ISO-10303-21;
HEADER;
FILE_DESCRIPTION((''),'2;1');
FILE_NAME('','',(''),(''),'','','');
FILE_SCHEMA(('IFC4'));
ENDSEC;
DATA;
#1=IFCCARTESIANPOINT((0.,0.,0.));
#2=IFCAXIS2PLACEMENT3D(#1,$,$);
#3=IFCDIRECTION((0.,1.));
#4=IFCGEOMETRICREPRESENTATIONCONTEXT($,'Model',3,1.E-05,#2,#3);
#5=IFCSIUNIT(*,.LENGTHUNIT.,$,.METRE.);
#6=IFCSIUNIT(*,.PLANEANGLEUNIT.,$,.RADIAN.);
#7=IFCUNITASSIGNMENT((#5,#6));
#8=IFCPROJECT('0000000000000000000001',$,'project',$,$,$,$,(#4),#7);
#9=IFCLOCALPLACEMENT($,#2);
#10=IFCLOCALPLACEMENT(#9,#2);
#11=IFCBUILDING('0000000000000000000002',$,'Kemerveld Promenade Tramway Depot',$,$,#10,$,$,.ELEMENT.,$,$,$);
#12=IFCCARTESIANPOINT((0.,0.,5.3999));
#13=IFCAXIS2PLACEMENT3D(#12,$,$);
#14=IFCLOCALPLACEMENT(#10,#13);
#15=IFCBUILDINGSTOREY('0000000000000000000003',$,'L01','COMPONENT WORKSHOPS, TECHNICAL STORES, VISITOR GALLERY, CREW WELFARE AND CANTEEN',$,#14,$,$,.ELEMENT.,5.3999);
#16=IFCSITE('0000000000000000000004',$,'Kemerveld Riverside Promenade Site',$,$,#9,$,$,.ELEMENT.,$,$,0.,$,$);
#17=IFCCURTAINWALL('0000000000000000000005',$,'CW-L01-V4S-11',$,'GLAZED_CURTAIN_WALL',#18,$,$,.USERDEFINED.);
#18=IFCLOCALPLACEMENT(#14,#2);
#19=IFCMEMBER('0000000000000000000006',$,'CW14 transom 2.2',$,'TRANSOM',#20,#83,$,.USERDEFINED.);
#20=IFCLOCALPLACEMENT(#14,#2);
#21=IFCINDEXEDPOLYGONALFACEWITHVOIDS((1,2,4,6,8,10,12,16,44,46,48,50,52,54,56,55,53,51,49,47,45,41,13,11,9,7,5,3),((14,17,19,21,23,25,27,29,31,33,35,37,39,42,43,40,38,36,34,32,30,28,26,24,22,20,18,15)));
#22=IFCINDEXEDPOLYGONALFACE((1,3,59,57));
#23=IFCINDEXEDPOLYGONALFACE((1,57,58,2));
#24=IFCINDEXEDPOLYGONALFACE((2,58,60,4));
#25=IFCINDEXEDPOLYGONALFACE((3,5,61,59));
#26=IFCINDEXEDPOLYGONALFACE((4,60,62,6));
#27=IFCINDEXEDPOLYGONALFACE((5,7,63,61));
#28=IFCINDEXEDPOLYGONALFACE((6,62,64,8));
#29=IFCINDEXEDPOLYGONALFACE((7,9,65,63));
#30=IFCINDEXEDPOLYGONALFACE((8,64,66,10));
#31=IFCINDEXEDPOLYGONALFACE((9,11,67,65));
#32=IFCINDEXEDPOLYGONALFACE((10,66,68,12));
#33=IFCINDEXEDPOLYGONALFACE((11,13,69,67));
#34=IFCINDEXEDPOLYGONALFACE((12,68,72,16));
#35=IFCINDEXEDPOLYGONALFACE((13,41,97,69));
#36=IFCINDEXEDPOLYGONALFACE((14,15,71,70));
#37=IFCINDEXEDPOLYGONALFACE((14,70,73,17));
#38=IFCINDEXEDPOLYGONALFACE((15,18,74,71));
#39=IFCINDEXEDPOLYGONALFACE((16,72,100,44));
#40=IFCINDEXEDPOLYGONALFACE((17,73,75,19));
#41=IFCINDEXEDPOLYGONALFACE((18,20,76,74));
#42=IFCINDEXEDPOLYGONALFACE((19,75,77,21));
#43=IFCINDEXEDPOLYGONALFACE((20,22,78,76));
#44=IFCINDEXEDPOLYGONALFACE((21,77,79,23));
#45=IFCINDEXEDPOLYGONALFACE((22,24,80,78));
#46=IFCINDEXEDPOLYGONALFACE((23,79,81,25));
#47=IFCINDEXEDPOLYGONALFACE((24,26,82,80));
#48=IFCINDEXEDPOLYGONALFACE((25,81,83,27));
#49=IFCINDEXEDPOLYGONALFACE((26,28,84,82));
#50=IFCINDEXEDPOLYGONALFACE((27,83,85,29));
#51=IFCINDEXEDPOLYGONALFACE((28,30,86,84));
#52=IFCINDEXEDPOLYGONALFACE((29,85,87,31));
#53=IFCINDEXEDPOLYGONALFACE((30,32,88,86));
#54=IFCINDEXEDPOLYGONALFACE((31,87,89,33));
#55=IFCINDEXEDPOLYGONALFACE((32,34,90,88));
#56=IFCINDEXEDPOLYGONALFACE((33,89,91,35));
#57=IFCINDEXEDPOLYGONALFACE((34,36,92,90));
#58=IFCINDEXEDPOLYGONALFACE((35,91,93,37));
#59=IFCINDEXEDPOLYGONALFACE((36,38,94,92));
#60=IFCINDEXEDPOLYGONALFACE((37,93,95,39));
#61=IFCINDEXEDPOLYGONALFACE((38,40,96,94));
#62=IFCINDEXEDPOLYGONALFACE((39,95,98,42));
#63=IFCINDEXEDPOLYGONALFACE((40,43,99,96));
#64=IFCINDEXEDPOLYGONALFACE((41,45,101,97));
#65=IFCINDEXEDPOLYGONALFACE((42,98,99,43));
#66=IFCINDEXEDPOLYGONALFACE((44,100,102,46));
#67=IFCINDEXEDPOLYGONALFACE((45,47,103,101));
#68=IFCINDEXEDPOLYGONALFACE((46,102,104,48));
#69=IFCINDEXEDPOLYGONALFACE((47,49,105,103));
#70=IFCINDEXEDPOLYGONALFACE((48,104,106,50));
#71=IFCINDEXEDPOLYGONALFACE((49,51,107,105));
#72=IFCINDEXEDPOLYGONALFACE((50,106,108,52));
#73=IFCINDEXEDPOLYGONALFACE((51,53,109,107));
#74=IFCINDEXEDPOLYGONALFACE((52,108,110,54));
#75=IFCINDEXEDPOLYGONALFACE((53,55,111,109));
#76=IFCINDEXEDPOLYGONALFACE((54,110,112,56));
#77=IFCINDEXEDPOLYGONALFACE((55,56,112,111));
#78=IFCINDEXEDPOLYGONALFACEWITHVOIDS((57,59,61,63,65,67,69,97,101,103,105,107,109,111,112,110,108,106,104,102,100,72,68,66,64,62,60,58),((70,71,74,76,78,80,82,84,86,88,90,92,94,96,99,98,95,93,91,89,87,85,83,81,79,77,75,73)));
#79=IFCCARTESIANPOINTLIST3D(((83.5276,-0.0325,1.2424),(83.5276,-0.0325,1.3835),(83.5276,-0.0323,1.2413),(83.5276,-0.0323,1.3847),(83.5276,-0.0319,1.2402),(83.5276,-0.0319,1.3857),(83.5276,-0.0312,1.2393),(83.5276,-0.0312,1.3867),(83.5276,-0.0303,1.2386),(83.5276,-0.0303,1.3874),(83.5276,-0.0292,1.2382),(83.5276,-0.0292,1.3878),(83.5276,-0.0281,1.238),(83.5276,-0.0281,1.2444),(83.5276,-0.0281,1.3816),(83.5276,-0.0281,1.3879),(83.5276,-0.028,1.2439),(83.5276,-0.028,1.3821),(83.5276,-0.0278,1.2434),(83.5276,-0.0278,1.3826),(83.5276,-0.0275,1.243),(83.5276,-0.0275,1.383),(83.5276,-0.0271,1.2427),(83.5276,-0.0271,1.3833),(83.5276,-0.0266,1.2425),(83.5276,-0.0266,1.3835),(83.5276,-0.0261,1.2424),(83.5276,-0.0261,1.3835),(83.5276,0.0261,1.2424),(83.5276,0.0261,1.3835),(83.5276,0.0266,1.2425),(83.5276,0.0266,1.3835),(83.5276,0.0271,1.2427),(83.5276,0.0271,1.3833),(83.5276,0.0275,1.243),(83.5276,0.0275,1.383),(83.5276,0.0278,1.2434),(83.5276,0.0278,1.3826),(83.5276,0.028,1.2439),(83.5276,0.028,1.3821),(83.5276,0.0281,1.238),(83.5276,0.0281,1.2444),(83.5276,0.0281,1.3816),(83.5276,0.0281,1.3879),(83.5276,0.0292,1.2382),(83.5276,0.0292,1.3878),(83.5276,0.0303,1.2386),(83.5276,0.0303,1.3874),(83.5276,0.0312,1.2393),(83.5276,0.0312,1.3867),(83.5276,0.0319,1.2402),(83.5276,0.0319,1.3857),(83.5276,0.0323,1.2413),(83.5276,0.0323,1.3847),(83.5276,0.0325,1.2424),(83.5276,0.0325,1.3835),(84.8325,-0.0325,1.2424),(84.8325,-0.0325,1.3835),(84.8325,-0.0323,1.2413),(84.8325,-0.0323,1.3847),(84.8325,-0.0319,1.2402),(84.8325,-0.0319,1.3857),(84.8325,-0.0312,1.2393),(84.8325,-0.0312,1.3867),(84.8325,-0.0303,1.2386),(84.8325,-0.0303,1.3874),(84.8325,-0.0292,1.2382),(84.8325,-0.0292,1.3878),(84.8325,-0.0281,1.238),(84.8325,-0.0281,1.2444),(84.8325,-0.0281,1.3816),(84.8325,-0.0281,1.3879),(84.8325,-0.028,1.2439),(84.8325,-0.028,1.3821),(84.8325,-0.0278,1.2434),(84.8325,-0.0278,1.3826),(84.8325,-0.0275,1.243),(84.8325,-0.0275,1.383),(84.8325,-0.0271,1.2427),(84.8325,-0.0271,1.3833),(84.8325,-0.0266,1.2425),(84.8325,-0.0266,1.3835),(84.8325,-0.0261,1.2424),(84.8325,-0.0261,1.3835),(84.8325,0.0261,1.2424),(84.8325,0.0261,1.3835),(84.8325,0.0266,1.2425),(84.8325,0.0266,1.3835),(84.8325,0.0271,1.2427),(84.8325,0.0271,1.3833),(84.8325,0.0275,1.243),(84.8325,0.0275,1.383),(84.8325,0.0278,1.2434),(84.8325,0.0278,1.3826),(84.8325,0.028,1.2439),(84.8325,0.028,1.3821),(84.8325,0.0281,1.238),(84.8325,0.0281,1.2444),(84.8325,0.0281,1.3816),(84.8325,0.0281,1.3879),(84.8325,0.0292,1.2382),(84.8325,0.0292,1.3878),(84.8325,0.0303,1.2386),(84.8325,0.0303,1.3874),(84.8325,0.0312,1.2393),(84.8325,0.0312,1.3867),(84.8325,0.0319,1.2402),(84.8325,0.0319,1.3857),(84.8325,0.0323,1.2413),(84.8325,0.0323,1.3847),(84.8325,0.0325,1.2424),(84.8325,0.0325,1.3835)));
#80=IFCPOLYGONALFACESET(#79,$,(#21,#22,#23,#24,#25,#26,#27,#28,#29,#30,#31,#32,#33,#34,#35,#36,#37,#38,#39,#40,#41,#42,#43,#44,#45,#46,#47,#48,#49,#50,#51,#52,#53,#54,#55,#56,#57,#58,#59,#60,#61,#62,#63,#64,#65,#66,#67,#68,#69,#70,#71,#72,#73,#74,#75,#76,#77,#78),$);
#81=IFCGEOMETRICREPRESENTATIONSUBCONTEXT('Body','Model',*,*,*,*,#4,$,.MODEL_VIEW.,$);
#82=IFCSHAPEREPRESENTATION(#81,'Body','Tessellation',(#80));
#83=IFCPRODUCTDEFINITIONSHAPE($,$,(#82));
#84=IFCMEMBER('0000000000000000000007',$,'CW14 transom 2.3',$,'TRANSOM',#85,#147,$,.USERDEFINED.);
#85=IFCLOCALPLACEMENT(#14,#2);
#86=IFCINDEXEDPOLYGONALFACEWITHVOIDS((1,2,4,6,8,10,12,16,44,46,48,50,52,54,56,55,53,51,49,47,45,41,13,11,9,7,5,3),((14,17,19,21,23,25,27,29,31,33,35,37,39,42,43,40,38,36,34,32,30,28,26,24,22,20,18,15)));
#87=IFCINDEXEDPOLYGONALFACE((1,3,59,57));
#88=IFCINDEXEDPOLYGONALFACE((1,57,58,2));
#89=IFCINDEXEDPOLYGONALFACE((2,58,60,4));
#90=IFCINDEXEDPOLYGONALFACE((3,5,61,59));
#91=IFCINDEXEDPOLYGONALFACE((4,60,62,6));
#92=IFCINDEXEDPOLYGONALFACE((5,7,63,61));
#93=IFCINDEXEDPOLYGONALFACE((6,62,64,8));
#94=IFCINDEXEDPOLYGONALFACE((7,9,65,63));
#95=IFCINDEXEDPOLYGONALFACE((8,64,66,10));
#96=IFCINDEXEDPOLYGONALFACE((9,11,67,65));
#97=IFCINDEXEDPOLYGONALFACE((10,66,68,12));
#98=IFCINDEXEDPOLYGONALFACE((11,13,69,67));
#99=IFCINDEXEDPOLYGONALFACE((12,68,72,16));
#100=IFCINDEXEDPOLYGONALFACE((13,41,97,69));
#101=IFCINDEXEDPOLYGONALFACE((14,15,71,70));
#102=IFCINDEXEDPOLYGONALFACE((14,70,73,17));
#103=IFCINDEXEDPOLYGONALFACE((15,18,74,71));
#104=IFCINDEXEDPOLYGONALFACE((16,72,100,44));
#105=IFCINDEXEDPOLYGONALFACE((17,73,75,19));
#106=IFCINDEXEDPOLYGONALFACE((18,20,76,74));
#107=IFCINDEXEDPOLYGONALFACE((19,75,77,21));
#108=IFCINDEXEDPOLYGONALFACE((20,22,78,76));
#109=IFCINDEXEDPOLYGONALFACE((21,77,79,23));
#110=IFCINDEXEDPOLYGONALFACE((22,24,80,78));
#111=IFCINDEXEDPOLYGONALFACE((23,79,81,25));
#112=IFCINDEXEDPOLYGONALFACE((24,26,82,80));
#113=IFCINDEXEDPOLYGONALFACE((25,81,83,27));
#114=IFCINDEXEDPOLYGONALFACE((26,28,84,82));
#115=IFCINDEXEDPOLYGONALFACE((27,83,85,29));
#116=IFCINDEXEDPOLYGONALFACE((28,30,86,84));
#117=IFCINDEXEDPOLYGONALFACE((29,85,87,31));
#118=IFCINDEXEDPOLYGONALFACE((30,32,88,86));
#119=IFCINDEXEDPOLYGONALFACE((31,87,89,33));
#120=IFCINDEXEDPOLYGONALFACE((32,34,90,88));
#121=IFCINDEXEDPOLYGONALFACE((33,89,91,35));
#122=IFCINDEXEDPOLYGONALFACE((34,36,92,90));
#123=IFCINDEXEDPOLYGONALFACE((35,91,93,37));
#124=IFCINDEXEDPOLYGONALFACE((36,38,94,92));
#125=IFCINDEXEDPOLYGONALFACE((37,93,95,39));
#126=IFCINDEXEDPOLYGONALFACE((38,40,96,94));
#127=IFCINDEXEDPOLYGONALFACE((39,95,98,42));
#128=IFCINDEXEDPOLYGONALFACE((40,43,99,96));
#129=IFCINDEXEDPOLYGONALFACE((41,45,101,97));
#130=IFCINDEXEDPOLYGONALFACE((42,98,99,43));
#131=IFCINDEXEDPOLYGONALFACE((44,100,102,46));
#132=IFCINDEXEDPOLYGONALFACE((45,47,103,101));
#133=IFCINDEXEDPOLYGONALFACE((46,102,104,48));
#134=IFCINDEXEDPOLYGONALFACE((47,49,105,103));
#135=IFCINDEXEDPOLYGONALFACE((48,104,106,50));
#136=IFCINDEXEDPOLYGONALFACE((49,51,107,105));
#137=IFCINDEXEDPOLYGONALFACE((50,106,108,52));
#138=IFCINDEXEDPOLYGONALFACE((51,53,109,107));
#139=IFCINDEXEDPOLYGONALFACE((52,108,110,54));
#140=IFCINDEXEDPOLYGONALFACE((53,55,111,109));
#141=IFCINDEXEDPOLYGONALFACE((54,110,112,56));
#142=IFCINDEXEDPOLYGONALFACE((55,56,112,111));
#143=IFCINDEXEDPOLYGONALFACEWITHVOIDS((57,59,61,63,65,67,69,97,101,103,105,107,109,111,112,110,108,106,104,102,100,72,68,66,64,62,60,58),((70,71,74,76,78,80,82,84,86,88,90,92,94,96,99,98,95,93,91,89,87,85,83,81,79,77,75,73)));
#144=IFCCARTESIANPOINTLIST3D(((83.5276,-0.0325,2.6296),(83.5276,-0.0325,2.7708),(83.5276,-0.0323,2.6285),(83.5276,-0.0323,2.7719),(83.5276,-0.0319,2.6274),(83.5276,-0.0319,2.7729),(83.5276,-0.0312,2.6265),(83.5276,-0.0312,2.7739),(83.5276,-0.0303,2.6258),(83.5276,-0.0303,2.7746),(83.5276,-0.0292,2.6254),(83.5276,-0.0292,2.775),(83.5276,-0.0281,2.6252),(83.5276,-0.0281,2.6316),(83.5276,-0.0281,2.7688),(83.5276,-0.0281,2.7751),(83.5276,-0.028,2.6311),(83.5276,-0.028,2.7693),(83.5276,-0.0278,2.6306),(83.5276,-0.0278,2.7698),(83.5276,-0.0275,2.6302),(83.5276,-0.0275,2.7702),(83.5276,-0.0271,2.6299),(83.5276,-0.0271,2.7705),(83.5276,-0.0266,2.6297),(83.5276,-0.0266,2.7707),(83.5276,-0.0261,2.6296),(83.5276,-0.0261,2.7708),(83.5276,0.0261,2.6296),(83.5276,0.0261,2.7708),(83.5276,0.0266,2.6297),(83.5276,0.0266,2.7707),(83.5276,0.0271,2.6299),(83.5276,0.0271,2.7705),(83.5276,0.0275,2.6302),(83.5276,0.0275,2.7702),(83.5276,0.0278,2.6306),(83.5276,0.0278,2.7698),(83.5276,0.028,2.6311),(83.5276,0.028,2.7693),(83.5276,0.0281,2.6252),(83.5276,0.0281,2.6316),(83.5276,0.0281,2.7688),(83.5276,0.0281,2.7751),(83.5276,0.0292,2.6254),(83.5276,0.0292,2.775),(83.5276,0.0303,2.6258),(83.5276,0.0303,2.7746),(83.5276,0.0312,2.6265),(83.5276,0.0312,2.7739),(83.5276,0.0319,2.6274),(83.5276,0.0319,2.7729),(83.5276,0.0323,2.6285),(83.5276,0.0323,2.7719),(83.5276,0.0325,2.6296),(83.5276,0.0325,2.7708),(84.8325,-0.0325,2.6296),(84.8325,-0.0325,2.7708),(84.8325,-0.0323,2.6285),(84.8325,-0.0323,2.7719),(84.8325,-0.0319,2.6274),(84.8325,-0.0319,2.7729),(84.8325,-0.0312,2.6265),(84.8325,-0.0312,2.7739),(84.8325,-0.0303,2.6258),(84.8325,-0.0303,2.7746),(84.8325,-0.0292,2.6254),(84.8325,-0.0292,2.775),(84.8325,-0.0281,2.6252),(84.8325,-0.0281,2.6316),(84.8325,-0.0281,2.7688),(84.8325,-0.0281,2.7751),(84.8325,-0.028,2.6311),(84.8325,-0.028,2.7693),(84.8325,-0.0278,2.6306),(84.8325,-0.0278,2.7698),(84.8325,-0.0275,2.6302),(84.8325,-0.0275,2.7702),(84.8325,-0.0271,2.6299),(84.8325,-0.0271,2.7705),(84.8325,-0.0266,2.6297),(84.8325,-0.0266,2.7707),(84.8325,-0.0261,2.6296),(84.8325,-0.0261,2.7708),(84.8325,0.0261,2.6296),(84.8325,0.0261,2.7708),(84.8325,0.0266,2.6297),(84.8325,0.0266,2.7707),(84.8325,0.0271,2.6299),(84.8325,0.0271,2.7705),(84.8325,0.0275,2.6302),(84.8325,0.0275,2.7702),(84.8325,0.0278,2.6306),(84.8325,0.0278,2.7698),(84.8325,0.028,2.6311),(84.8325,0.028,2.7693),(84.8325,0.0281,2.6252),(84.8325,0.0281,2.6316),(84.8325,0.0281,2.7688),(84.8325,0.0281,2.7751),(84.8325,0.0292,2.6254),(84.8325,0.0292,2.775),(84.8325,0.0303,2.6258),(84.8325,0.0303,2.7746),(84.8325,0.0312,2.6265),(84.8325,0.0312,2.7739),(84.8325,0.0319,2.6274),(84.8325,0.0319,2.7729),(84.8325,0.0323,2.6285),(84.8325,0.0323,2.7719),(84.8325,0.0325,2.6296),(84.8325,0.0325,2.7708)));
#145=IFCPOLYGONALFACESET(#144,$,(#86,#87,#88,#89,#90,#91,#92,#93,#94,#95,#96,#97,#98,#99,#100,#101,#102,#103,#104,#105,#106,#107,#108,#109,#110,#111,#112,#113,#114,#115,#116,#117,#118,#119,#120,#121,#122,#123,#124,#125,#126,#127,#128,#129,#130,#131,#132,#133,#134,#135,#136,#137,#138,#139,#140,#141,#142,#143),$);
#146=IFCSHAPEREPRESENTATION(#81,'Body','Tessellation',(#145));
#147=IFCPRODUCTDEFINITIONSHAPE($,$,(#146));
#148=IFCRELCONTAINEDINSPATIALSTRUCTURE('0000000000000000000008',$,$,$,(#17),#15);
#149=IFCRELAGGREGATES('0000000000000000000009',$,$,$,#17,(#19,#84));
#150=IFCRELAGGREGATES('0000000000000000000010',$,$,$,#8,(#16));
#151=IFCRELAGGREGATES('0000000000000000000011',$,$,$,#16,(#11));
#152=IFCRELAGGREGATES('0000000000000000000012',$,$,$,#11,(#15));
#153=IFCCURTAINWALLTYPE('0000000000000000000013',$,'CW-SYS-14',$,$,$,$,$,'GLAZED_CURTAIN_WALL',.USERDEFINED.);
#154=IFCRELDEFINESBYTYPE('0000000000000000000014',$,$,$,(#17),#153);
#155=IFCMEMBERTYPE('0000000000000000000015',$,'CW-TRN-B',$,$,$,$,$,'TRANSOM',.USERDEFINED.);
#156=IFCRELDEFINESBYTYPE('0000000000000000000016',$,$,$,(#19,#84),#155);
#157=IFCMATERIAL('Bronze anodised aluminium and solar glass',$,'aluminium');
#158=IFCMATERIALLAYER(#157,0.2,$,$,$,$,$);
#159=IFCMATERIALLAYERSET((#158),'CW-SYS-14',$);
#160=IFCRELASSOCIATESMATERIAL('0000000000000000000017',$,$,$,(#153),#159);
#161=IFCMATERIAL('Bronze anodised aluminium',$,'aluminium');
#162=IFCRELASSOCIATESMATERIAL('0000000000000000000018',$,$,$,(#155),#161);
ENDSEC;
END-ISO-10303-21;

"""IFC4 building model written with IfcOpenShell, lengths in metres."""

from ifc_helpers import new_model, si_unit, direction, frame, origin, origin_2d, place, context, subcontext, project, spatial, hollow_rectangle, extrude, material, layer, layer_set, material_profile, profile_set, type_object, element, aggregate, save


model = new_model("IFC4")

# Units and contexts
model_context = context("Model", 3, precision=1e-05, world=origin(), true_north=direction((0.0, 1.0)))
body_context = subcontext(model_context, "Body", "Model", "MODEL_VIEW")
ifc_project = project(units=[si_unit("LENGTHUNIT", "METRE"), si_unit("PLANEANGLEUNIT", "RADIAN")], contexts=[model_context])

# Site, building, storey
site_placement = place(None, origin())
site = spatial("IfcSite", under=ifc_project, at=site_placement, Name="Kemerveld Riverside Promenade Site", CompositionType="ELEMENT", RefElevation=0.0)
building_placement = place(site_placement, origin())
building = spatial("IfcBuilding", under=site, at=building_placement, Name="Kemerveld Promenade Tramway Depot", CompositionType="ELEMENT")
storey_placement = place(building_placement, frame((0.0, 0.0, 5.3999)))
storey = spatial("IfcBuildingStorey", under=building, at=storey_placement, Name="L01", Description="COMPONENT WORKSHOPS, TECHNICAL STORES, VISITOR GALLERY, CREW WELFARE AND CANTEEN", CompositionType="ELEMENT", Elevation=5.3999)

# Curtain wall, members
ifc_material_1 = material(Name="Bronze anodised aluminium and solar glass", Category="aluminium")
ifc_layer_1 = layer(ifc_material_1, 0.2)
ifc_layer_set_1 = layer_set([ifc_layer_1], Name="CW-SYS-14")
curtain_wall_type = type_object("IfcCurtainWallType", Name="CW-SYS-14", ElementType="GLAZED_CURTAIN_WALL", PredefinedType="USERDEFINED", material=ifc_layer_set_1)
curtain_wall_placement = place(storey_placement, origin())
curtain_wall = element("IfcCurtainWall", 1, at=curtain_wall_placement, inside=storey, type_object=curtain_wall_type, Name="CW-L01-V4S-11", ObjectType="GLAZED_CURTAIN_WALL", PredefinedType="USERDEFINED")
ifc_material_2 = material(Name="Bronze anodised aluminium", Category="aluminium")
ifc_material_profile_1 = material_profile(ifc_material_2, hollow_rectangle(XDim=0.0649, YDim=0.1499, WallThickness=0.0044, InnerFilletRadius=0.002, OuterFilletRadius=0.0044, at=origin_2d()), Name="CW-TRN-150x65")
ifc_profile_set_1 = profile_set([ifc_material_profile_1], Name="Bronze anodised aluminium")
member_type_1 = type_object("IfcMemberType", Name="CW-TRN-B", ElementType="TRANSOM", PredefinedType="USERDEFINED", material=ifc_profile_set_1)
member_1_placement = place(storey_placement, frame((84.8325, 0.0, 1.313), z_axis=(-1.0, 0.0, 0.0), x_axis=(0.0, -1.0, 0.0)))
member_1 = element("IfcMember", 2, at=member_1_placement, type_object=member_type_1, Name="CW14 transom 2.2", ObjectType="TRANSOM", PredefinedType="USERDEFINED", context=body_context, shape_type="SweptSolid", body=[
    extrude(hollow_rectangle(XDim=0.0649, YDim=0.1499, WallThickness=0.0044, InnerFilletRadius=0.002, OuterFilletRadius=0.0044, at=origin_2d()), origin(), (0.0, 0.0, 1.0), 1.3049),
])
member_2_placement = place(storey_placement, frame((84.8325, 0.0, 2.7002), z_axis=(-1.0, 0.0, 0.0), x_axis=(0.0, -1.0, 0.0)))
member_2 = element("IfcMember", 3, at=member_2_placement, type_object=member_type_1, Name="CW14 transom 2.3", ObjectType="TRANSOM", PredefinedType="USERDEFINED", context=body_context, shape_type="SweptSolid", body=[
    extrude(hollow_rectangle(XDim=0.0649, YDim=0.1499, WallThickness=0.0044, InnerFilletRadius=0.002, OuterFilletRadius=0.0044, at=origin_2d()), origin(), (0.0, 0.0, 1.0), 1.3049),
])
aggregate(curtain_wall, [member_1, member_2])

save(model, "model.ifc")
